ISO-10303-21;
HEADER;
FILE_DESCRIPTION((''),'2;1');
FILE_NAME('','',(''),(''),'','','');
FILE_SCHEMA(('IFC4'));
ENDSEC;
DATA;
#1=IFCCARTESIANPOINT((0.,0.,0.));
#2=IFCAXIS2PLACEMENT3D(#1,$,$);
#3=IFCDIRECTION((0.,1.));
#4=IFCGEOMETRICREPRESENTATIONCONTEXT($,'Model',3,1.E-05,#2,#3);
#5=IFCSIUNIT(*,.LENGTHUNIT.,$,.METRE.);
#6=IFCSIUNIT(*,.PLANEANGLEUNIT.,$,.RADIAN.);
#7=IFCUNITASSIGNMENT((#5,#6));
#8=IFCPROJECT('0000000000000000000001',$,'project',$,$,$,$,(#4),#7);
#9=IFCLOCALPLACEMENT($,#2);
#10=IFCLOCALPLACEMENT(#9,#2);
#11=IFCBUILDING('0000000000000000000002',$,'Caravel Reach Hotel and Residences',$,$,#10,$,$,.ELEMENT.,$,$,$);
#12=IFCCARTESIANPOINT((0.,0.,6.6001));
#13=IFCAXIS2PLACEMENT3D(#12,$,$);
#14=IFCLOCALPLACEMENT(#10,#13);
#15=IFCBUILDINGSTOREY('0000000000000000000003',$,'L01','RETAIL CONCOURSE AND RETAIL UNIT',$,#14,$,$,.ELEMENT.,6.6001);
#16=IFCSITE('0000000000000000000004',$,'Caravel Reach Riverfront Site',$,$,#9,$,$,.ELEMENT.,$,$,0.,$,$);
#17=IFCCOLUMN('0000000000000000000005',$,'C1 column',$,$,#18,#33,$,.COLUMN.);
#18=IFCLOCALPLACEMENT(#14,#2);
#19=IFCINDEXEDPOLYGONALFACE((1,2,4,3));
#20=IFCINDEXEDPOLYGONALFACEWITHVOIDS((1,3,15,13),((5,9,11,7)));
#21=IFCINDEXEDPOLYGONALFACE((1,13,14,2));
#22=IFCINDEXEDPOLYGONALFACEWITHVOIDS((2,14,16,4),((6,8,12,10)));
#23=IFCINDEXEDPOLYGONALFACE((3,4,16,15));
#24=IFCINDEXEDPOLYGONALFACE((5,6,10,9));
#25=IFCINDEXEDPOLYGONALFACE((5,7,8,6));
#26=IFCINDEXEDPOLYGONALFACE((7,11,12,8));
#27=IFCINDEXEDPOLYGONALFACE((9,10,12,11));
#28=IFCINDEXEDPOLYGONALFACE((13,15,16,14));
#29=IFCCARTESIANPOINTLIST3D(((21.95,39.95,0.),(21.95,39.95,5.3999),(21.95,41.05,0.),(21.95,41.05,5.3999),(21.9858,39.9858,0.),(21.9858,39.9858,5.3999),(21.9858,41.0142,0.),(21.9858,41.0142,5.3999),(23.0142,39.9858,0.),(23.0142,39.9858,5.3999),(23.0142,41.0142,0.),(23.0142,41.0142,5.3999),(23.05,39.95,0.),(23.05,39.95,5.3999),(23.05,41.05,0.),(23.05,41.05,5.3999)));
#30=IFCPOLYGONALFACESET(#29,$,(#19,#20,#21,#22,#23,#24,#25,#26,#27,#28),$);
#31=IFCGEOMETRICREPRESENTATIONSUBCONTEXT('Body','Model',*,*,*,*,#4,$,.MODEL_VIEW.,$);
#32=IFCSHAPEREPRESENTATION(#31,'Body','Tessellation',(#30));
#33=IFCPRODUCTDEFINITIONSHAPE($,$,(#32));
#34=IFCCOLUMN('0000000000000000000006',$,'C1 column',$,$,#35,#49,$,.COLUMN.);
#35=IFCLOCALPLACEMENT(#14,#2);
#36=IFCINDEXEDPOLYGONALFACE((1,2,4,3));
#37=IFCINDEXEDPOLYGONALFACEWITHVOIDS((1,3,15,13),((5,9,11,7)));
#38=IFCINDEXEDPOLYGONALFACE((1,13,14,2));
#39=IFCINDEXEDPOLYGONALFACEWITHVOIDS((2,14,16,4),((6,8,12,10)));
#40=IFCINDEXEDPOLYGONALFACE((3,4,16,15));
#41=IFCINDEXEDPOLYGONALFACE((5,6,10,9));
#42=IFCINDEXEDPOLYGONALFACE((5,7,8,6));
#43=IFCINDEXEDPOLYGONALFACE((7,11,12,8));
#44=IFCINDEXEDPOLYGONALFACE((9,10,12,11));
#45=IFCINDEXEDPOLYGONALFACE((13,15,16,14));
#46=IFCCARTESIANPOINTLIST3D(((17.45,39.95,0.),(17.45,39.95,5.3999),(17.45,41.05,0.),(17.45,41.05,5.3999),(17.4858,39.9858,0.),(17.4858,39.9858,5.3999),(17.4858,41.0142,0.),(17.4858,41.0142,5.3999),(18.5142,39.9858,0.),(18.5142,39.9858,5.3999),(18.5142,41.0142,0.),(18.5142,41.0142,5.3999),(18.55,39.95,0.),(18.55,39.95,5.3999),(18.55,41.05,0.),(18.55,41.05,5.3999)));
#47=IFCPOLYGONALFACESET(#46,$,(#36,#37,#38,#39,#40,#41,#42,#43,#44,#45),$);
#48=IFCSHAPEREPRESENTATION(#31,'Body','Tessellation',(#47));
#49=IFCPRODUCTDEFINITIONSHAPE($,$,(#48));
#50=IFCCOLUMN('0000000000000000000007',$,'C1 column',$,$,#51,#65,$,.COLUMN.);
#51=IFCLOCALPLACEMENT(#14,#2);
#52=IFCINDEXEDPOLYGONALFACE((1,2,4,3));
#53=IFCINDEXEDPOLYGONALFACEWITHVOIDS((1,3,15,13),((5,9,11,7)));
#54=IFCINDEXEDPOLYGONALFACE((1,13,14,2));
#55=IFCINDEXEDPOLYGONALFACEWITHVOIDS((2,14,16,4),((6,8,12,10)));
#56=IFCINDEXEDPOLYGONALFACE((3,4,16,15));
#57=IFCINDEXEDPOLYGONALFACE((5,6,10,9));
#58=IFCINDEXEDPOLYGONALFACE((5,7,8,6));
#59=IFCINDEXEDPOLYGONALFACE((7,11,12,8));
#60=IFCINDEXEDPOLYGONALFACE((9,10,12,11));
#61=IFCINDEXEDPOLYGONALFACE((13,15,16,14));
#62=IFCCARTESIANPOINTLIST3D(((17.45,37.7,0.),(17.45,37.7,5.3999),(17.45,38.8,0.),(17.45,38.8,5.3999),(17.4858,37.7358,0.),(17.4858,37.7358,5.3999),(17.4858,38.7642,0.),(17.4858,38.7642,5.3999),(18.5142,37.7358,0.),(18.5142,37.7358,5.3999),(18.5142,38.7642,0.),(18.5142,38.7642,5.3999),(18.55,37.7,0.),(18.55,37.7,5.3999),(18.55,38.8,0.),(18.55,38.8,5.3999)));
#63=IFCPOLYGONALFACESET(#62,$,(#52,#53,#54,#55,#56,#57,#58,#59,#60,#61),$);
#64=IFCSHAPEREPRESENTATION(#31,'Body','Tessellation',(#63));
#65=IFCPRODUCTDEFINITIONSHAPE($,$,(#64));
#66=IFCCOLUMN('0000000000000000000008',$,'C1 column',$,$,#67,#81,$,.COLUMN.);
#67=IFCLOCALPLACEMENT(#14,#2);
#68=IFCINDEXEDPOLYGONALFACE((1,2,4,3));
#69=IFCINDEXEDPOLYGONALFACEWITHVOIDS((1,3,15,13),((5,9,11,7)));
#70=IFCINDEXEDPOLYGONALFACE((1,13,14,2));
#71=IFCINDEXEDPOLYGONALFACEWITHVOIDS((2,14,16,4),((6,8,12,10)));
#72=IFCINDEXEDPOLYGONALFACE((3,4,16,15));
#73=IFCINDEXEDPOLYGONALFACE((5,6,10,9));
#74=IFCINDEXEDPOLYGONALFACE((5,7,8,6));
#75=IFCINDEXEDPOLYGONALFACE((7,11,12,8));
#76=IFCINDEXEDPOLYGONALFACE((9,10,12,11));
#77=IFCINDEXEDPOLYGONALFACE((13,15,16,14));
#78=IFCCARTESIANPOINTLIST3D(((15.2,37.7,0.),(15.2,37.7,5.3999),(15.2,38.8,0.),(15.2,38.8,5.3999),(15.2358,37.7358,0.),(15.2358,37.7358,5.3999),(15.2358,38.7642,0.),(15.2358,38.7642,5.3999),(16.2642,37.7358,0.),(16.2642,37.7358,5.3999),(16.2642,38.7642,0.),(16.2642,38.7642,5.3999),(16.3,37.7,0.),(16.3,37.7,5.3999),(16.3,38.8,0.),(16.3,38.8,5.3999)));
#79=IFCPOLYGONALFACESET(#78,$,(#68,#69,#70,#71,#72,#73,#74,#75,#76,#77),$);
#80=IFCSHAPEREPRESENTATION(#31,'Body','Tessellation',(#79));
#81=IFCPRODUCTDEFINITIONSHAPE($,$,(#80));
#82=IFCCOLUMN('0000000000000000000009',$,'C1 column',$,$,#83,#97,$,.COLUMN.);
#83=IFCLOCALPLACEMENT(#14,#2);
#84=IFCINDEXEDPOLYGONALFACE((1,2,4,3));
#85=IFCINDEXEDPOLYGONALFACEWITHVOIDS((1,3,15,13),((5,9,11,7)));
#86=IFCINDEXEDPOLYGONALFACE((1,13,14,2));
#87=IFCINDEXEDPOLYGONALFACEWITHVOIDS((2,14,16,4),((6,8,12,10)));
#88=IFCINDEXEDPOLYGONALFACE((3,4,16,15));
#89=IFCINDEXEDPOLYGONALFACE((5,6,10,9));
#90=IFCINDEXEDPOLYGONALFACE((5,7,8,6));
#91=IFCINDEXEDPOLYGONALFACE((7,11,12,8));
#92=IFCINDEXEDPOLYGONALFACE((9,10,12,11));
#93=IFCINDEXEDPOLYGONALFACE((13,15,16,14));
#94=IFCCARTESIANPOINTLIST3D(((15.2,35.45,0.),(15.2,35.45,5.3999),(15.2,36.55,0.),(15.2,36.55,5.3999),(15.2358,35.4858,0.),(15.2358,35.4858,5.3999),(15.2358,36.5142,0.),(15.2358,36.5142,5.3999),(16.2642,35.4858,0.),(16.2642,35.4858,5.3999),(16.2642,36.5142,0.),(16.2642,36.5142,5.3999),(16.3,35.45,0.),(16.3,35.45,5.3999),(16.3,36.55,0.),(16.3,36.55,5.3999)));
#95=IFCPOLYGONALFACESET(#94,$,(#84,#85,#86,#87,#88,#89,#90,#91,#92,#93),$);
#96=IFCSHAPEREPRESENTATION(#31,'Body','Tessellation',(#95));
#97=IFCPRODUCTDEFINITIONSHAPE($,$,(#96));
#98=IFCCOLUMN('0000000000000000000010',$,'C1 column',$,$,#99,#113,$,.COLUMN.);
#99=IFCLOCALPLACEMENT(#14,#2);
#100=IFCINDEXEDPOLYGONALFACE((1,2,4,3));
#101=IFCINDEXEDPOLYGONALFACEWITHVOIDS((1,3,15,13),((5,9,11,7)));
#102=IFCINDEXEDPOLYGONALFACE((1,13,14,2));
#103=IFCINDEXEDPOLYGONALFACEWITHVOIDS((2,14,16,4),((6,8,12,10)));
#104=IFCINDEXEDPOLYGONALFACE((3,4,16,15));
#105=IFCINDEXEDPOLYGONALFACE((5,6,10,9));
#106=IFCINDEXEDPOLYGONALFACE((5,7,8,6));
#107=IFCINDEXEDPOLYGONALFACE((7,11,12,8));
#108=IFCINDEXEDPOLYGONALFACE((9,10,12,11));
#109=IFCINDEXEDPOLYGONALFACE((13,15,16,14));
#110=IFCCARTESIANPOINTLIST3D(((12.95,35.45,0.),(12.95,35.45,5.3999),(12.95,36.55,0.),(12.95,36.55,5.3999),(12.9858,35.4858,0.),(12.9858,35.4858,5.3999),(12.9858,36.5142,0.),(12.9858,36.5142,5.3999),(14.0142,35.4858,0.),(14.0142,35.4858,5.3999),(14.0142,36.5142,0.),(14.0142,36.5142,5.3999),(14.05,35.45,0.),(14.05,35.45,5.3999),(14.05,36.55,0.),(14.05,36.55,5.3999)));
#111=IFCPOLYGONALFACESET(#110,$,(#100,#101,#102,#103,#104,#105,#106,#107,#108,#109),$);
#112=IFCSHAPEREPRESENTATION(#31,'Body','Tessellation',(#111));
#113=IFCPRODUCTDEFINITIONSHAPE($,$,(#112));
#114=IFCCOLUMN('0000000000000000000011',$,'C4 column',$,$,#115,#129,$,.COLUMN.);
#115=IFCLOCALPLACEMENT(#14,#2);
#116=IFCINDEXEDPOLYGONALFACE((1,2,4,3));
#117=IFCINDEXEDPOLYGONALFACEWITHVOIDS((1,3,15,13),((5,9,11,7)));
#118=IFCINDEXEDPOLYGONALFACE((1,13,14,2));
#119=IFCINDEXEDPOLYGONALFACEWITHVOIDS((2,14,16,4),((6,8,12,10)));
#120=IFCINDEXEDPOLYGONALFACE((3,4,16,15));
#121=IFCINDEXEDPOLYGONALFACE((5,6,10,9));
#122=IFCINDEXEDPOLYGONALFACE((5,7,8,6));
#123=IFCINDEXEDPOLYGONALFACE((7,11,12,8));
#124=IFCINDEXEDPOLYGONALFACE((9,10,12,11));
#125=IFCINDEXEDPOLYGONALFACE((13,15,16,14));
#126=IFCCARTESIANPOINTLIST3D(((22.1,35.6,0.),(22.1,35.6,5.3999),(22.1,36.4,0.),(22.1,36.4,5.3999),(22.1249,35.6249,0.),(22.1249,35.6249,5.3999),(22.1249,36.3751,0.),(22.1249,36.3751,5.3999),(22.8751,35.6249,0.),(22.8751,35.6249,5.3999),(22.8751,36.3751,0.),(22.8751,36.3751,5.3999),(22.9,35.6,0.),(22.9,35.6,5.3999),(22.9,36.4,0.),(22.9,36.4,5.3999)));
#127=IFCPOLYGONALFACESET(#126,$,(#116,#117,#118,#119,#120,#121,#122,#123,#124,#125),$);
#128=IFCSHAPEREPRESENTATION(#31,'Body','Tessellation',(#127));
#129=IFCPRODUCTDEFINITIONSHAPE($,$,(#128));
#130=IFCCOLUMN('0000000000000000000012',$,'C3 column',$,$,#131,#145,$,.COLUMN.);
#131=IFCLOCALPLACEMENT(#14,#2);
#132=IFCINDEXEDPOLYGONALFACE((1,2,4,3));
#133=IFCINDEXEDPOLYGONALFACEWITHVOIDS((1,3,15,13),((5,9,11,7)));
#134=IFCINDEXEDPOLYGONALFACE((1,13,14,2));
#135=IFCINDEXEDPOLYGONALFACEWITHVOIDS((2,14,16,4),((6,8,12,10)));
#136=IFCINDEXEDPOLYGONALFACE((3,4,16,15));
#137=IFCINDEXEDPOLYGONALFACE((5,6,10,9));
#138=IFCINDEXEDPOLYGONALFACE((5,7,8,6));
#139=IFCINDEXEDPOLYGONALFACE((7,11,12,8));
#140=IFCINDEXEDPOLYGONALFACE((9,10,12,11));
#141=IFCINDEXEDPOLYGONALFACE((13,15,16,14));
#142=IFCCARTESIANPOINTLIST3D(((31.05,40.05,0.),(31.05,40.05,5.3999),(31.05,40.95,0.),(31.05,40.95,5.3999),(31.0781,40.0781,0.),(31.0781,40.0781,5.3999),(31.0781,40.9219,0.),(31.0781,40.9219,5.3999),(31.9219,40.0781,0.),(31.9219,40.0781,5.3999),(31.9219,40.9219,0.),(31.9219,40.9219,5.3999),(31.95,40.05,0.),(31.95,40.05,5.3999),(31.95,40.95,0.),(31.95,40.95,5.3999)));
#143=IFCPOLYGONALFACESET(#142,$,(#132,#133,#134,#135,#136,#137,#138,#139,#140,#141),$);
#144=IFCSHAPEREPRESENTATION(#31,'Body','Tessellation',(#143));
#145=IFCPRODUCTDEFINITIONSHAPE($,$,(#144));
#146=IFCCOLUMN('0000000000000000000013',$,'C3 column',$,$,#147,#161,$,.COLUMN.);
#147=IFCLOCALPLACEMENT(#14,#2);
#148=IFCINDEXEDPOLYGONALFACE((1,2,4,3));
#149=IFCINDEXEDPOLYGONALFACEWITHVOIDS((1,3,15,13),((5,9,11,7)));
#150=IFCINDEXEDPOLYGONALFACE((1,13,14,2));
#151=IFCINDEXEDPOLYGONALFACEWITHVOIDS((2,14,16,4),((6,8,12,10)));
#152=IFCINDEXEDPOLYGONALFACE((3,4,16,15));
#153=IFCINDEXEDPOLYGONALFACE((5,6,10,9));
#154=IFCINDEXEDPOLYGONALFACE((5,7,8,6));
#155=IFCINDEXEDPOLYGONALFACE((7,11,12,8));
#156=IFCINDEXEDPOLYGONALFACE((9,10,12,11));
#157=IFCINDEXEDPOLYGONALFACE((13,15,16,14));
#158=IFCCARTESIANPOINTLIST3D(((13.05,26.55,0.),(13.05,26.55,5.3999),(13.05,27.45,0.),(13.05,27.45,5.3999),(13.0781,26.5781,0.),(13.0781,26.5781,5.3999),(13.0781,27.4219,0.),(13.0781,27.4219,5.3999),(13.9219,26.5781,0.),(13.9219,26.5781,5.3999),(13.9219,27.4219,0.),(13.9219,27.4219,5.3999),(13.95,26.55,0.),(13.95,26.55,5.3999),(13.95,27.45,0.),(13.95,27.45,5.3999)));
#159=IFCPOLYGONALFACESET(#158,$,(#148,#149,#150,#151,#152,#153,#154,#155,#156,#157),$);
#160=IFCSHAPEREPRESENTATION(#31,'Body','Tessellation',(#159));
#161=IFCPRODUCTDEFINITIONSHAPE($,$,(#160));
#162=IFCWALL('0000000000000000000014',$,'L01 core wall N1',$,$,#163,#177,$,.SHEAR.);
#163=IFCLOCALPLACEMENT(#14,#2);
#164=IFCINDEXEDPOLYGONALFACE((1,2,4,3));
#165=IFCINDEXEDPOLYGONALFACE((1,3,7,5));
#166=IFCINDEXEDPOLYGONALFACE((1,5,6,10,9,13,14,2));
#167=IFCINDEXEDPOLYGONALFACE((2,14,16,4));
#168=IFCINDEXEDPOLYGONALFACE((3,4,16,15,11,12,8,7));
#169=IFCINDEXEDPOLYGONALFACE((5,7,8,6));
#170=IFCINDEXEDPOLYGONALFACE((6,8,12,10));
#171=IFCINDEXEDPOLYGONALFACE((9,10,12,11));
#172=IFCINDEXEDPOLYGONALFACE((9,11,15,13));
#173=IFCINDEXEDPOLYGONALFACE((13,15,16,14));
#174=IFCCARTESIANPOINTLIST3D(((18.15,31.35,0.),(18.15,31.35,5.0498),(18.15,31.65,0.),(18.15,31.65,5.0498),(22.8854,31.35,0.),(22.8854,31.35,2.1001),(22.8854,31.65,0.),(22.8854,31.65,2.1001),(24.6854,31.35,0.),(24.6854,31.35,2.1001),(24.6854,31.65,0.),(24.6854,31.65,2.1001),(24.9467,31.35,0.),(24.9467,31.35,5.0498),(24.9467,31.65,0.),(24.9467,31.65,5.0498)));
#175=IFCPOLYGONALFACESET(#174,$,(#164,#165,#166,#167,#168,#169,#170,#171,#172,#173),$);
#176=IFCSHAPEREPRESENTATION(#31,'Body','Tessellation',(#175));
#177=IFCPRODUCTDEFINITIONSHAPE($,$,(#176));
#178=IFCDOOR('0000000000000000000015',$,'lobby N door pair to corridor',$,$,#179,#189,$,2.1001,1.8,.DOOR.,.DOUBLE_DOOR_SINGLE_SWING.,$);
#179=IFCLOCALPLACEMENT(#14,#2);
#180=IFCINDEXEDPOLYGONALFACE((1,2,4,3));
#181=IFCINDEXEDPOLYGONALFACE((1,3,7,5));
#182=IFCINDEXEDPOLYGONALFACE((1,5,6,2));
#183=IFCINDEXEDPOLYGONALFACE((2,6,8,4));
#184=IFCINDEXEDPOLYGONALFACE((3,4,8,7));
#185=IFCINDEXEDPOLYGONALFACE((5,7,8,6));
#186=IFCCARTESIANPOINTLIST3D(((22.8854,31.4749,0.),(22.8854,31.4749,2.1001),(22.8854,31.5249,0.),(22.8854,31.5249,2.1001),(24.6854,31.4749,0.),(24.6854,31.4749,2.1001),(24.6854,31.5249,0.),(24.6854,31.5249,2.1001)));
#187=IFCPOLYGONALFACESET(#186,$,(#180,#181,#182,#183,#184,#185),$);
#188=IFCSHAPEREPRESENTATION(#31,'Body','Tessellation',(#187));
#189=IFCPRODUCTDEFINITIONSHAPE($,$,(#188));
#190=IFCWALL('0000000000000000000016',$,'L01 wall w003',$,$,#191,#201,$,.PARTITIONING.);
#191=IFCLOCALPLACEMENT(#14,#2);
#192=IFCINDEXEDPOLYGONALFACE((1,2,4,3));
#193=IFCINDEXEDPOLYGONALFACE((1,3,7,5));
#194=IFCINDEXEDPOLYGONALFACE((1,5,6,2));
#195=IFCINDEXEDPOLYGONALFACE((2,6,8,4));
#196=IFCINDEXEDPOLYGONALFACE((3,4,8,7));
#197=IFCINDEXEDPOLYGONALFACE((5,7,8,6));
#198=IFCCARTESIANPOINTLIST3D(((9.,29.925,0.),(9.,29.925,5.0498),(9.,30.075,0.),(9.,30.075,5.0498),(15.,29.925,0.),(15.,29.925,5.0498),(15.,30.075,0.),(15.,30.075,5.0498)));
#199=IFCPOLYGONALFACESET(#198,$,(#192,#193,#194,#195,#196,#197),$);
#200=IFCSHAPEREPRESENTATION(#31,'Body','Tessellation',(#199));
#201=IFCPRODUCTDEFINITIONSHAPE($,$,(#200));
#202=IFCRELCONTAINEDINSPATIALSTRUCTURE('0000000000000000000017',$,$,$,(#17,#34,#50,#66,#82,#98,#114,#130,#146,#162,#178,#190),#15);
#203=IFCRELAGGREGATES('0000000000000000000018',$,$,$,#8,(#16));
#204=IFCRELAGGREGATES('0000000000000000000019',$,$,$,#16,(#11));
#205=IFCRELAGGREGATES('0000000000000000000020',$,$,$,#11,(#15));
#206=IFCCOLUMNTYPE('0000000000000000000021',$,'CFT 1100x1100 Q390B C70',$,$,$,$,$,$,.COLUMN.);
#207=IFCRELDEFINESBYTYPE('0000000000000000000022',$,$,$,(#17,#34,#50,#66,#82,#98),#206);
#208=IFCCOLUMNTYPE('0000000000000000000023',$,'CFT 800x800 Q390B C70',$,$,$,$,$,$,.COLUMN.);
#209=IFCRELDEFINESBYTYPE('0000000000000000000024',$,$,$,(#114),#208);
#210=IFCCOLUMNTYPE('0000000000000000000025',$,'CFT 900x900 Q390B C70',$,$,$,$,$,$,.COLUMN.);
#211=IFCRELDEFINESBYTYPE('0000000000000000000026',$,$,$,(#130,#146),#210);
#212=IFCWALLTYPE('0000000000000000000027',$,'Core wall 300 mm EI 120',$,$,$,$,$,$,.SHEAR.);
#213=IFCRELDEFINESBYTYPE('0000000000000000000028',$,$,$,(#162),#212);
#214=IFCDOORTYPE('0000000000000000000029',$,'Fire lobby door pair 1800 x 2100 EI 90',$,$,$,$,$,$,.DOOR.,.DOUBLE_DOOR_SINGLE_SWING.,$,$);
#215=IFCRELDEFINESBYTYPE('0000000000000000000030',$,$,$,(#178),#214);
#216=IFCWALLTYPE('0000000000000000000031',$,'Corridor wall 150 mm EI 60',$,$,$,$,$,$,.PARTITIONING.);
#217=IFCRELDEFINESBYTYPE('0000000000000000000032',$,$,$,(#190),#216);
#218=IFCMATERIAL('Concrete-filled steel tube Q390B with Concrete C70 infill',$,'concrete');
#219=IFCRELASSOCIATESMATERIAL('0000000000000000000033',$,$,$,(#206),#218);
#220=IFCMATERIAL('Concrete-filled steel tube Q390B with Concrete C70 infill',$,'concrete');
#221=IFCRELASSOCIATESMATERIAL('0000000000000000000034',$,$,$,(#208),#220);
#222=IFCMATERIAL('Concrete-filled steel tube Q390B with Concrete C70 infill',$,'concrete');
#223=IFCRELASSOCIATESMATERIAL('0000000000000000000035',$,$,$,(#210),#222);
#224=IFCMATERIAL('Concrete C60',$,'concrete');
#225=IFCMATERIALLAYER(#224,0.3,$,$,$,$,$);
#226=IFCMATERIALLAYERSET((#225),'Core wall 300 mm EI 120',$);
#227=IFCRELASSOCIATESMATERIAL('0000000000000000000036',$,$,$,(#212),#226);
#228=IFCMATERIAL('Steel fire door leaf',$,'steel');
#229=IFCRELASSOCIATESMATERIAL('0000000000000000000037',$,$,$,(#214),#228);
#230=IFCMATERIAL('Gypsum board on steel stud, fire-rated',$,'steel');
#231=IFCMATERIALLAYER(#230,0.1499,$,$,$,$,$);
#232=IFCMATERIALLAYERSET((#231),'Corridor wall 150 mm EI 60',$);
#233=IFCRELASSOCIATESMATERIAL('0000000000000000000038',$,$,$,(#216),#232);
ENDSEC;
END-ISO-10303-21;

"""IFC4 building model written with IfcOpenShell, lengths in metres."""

from ifc_helpers import new_model, si_unit, direction, frame, frame_2d, origin, origin_2d, place, context, subcontext, project, spatial, rectangle, hollow_rectangle, extrude, material, layer, layer_set, material_profile, profile_set, type_object, element, fill, save


model = new_model("IFC4")

# Units and contexts
model_context = context("Model", 3, precision=1e-05, world=origin(), true_north=direction((0.0, 1.0)))
body_context = subcontext(model_context, "Body", "Model", "MODEL_VIEW")
ifc_project = project(units=[si_unit("LENGTHUNIT", "METRE"), si_unit("PLANEANGLEUNIT", "RADIAN")], contexts=[model_context])

# Site, building, storey
site_placement = place(None, origin())
site = spatial("IfcSite", under=ifc_project, at=site_placement, Name="Caravel Reach Riverfront Site", CompositionType="ELEMENT", RefElevation=0.0)
building_placement = place(site_placement, origin())
building = spatial("IfcBuilding", under=site, at=building_placement, Name="Caravel Reach Hotel and Residences", CompositionType="ELEMENT")
storey_placement = place(building_placement, frame((0.0, 0.0, 6.6001)))
storey = spatial("IfcBuildingStorey", under=building, at=storey_placement, Name="L01", Description="RETAIL CONCOURSE AND RETAIL UNIT", CompositionType="ELEMENT", Elevation=6.6001)

# Columns
ifc_material_1 = material(Name="Concrete-filled steel tube Q390B with Concrete C70 infill", Category="concrete")
ifc_material_profile_1 = material_profile(ifc_material_1, hollow_rectangle(XDim=1.1001, YDim=1.1001, WallThickness=0.0359, at=origin_2d()), Name="RHS 1100x1100x36")
ifc_profile_set_1 = profile_set([ifc_material_profile_1], Name="Concrete-filled steel tube Q390B with Concrete C70 infill")
column_type_1 = type_object("IfcColumnType", Name="CFT 1100x1100 Q390B C70", PredefinedType="COLUMN", material=ifc_profile_set_1)
for number, where, z_axis, x_axis, name in (
    (1, (22.5, 40.5, 0.0), (0.0, 0.0, 1.0), (1.0, 0.0, 0.0), "C1 column"),
    (2, (18.0, 40.5, 0.0), (0.0, 0.0, 1.0), (1.0, 0.0, 0.0), "C1 column"),
    (3, (18.0, 38.25, 0.0), (0.0, 0.0, 1.0), (1.0, 0.0, 0.0), "C1 column"),
    (4, (15.75, 38.25, 0.0), (0.0, 0.0, 1.0), (1.0, 0.0, 0.0), "C1 column"),
    (5, (15.75, 36.0, 0.0), (0.0, 0.0, 1.0), (1.0, 0.0, 0.0), "C1 column"),
    (6, (13.5, 36.0, 0.0), (0.0, 0.0, 1.0), (1.0, 0.0, 0.0), "C1 column"),
):
    element("IfcColumn", number, at=place(storey_placement, frame(where, z_axis=z_axis, x_axis=x_axis)), inside=storey, type_object=column_type_1, Name=name, PredefinedType="COLUMN", context=body_context, shape_type="SweptSolid", body=[
        extrude(hollow_rectangle(XDim=1.1001, YDim=1.1001, WallThickness=0.0359, at=origin_2d()), origin(), (0.0, 0.0, 1.0), 5.3999),
    ])
ifc_material_2 = material(Name="Concrete-filled steel tube Q390B with Concrete C70 infill", Category="concrete")
ifc_material_profile_2 = material_profile(ifc_material_2, hollow_rectangle(XDim=0.8, YDim=0.8, WallThickness=0.0249, at=origin_2d()), Name="RHS 800x800x25")
ifc_profile_set_2 = profile_set([ifc_material_profile_2], Name="Concrete-filled steel tube Q390B with Concrete C70 infill")
column_type_2 = type_object("IfcColumnType", Name="CFT 800x800 Q390B C70", PredefinedType="COLUMN", material=ifc_profile_set_2)
column_placement = place(storey_placement, frame((22.5, 36.0, 0.0), z_axis=(0.0, 0.0, 1.0), x_axis=(1.0, 0.0, 0.0)))
element("IfcColumn", 7, at=column_placement, inside=storey, type_object=column_type_2, Name="C4 column", PredefinedType="COLUMN", context=body_context, shape_type="SweptSolid", body=[
    extrude(hollow_rectangle(XDim=0.8, YDim=0.8, WallThickness=0.0249, at=origin_2d()), origin(), (0.0, 0.0, 1.0), 5.3999),
])
ifc_material_3 = material(Name="Concrete-filled steel tube Q390B with Concrete C70 infill", Category="concrete")
ifc_material_profile_3 = material_profile(ifc_material_3, hollow_rectangle(XDim=0.8999, YDim=0.8999, WallThickness=0.0281, at=origin_2d()), Name="RHS 900x900x28")
ifc_profile_set_3 = profile_set([ifc_material_profile_3], Name="Concrete-filled steel tube Q390B with Concrete C70 infill")
column_type_3 = type_object("IfcColumnType", Name="CFT 900x900 Q390B C70", PredefinedType="COLUMN", material=ifc_profile_set_3)
for number, where, z_axis, x_axis, name in (
    (8, (31.5, 40.5, 0.0), (0.0, 0.0, 1.0), (1.0, 0.0, 0.0), "C3 column"),
    (9, (13.5, 27.0, 0.0), (0.0, 0.0, 1.0), (1.0, 0.0, 0.0), "C3 column"),
):
    element("IfcColumn", number, at=place(storey_placement, frame(where, z_axis=z_axis, x_axis=x_axis)), inside=storey, type_object=column_type_3, Name=name, PredefinedType="COLUMN", context=body_context, shape_type="SweptSolid", body=[
        extrude(hollow_rectangle(XDim=0.8999, YDim=0.8999, WallThickness=0.0281, at=origin_2d()), origin(), (0.0, 0.0, 1.0), 5.3999),
    ])

# Wall, opening, door
ifc_material_4 = material(Name="Concrete C60", Category="concrete")
ifc_layer_1 = layer(ifc_material_4, 0.3)
ifc_layer_set_1 = layer_set([ifc_layer_1], Name="Core wall 300 mm EI 120")
wall_type_1 = type_object("IfcWallType", Name="Core wall 300 mm EI 120", PredefinedType="SHEAR", material=ifc_layer_set_1)
wall_1_placement = place(storey_placement, frame((18.1499, 31.5, 0.0), z_axis=(0.0, 0.0, 1.0), x_axis=(1.0, 0.0, 0.0)))
wall_1 = element("IfcWall", 10, at=wall_1_placement, inside=storey, type_object=wall_type_1, Name="L01 core wall N1", PredefinedType="SHEAR", context=body_context, shape_type="SweptSolid", body=[
    extrude(rectangle(XDim=6.7966, YDim=0.3, at=frame_2d((3.3984, 0.0))), origin(), (0.0, 0.0, 1.0), 5.0498),
])
opening_1_placement = place(wall_1_placement, frame((4.7356, 0.0, 0.0)))
opening_1 = element("IfcOpeningElement", 11, at=opening_1_placement, cuts=wall_1, PredefinedType="OPENING", context=body_context, shape_type="SweptSolid", body=[
    extrude(rectangle(XDim=1.8, YDim=2.1001, at=frame_2d((0.8999, 1.05))), frame((0.0, 0.1599, 0.0), z_axis=(0.0, -1.0, 0.0), x_axis=(1.0, 0.0, 0.0)), (0.0, 0.0, 1.0), 0.3201),
])
ifc_material_5 = material(Name="Steel fire door leaf", Category="steel")
door_type_1 = type_object("IfcDoorType", Name="Fire lobby door pair 1800 x 2100 EI 90", OperationType="DOUBLE_DOOR_SINGLE_SWING", PredefinedType="DOOR", material=ifc_material_5)
door_1_placement = place(opening_1_placement, origin())
door_1 = element("IfcDoor", 12, at=door_1_placement, inside=storey, type_object=door_type_1, Name="lobby N door pair to corridor", OperationType="DOUBLE_DOOR_SINGLE_SWING", OverallHeight=2.1001, OverallWidth=1.8, PredefinedType="DOOR", context=body_context, shape_type="SweptSolid", body=[
    extrude(rectangle(XDim=1.8, YDim=2.1001, at=frame_2d((0.8999, 1.05))), frame((0.0, 0.0249, 0.0), z_axis=(0.0, -1.0, 0.0), x_axis=(1.0, 0.0, 0.0)), (0.0, 0.0, 1.0), 0.05),
])
fill(opening_1, door_1)

# Wall
ifc_material_6 = material(Name="Gypsum board on steel stud, fire-rated", Category="steel")
ifc_layer_2 = layer(ifc_material_6, 0.1499)
ifc_layer_set_2 = layer_set([ifc_layer_2], Name="Corridor wall 150 mm EI 60")
wall_type_2 = type_object("IfcWallType", Name="Corridor wall 150 mm EI 60", PredefinedType="PARTITIONING", material=ifc_layer_set_2)
wall_2_placement = place(storey_placement, frame((9.0, 30.0, 0.0), z_axis=(0.0, 0.0, 1.0), x_axis=(1.0, 0.0, 0.0)))
element("IfcWall", 13, at=wall_2_placement, inside=storey, type_object=wall_type_2, Name="L01 wall w003", PredefinedType="PARTITIONING", context=body_context, shape_type="SweptSolid", body=[
    extrude(rectangle(XDim=6.0, YDim=0.1499, at=frame_2d((3.0, 0.0))), origin(), (0.0, 0.0, 1.0), 5.0498),
])

save(model, "model.ifc")
